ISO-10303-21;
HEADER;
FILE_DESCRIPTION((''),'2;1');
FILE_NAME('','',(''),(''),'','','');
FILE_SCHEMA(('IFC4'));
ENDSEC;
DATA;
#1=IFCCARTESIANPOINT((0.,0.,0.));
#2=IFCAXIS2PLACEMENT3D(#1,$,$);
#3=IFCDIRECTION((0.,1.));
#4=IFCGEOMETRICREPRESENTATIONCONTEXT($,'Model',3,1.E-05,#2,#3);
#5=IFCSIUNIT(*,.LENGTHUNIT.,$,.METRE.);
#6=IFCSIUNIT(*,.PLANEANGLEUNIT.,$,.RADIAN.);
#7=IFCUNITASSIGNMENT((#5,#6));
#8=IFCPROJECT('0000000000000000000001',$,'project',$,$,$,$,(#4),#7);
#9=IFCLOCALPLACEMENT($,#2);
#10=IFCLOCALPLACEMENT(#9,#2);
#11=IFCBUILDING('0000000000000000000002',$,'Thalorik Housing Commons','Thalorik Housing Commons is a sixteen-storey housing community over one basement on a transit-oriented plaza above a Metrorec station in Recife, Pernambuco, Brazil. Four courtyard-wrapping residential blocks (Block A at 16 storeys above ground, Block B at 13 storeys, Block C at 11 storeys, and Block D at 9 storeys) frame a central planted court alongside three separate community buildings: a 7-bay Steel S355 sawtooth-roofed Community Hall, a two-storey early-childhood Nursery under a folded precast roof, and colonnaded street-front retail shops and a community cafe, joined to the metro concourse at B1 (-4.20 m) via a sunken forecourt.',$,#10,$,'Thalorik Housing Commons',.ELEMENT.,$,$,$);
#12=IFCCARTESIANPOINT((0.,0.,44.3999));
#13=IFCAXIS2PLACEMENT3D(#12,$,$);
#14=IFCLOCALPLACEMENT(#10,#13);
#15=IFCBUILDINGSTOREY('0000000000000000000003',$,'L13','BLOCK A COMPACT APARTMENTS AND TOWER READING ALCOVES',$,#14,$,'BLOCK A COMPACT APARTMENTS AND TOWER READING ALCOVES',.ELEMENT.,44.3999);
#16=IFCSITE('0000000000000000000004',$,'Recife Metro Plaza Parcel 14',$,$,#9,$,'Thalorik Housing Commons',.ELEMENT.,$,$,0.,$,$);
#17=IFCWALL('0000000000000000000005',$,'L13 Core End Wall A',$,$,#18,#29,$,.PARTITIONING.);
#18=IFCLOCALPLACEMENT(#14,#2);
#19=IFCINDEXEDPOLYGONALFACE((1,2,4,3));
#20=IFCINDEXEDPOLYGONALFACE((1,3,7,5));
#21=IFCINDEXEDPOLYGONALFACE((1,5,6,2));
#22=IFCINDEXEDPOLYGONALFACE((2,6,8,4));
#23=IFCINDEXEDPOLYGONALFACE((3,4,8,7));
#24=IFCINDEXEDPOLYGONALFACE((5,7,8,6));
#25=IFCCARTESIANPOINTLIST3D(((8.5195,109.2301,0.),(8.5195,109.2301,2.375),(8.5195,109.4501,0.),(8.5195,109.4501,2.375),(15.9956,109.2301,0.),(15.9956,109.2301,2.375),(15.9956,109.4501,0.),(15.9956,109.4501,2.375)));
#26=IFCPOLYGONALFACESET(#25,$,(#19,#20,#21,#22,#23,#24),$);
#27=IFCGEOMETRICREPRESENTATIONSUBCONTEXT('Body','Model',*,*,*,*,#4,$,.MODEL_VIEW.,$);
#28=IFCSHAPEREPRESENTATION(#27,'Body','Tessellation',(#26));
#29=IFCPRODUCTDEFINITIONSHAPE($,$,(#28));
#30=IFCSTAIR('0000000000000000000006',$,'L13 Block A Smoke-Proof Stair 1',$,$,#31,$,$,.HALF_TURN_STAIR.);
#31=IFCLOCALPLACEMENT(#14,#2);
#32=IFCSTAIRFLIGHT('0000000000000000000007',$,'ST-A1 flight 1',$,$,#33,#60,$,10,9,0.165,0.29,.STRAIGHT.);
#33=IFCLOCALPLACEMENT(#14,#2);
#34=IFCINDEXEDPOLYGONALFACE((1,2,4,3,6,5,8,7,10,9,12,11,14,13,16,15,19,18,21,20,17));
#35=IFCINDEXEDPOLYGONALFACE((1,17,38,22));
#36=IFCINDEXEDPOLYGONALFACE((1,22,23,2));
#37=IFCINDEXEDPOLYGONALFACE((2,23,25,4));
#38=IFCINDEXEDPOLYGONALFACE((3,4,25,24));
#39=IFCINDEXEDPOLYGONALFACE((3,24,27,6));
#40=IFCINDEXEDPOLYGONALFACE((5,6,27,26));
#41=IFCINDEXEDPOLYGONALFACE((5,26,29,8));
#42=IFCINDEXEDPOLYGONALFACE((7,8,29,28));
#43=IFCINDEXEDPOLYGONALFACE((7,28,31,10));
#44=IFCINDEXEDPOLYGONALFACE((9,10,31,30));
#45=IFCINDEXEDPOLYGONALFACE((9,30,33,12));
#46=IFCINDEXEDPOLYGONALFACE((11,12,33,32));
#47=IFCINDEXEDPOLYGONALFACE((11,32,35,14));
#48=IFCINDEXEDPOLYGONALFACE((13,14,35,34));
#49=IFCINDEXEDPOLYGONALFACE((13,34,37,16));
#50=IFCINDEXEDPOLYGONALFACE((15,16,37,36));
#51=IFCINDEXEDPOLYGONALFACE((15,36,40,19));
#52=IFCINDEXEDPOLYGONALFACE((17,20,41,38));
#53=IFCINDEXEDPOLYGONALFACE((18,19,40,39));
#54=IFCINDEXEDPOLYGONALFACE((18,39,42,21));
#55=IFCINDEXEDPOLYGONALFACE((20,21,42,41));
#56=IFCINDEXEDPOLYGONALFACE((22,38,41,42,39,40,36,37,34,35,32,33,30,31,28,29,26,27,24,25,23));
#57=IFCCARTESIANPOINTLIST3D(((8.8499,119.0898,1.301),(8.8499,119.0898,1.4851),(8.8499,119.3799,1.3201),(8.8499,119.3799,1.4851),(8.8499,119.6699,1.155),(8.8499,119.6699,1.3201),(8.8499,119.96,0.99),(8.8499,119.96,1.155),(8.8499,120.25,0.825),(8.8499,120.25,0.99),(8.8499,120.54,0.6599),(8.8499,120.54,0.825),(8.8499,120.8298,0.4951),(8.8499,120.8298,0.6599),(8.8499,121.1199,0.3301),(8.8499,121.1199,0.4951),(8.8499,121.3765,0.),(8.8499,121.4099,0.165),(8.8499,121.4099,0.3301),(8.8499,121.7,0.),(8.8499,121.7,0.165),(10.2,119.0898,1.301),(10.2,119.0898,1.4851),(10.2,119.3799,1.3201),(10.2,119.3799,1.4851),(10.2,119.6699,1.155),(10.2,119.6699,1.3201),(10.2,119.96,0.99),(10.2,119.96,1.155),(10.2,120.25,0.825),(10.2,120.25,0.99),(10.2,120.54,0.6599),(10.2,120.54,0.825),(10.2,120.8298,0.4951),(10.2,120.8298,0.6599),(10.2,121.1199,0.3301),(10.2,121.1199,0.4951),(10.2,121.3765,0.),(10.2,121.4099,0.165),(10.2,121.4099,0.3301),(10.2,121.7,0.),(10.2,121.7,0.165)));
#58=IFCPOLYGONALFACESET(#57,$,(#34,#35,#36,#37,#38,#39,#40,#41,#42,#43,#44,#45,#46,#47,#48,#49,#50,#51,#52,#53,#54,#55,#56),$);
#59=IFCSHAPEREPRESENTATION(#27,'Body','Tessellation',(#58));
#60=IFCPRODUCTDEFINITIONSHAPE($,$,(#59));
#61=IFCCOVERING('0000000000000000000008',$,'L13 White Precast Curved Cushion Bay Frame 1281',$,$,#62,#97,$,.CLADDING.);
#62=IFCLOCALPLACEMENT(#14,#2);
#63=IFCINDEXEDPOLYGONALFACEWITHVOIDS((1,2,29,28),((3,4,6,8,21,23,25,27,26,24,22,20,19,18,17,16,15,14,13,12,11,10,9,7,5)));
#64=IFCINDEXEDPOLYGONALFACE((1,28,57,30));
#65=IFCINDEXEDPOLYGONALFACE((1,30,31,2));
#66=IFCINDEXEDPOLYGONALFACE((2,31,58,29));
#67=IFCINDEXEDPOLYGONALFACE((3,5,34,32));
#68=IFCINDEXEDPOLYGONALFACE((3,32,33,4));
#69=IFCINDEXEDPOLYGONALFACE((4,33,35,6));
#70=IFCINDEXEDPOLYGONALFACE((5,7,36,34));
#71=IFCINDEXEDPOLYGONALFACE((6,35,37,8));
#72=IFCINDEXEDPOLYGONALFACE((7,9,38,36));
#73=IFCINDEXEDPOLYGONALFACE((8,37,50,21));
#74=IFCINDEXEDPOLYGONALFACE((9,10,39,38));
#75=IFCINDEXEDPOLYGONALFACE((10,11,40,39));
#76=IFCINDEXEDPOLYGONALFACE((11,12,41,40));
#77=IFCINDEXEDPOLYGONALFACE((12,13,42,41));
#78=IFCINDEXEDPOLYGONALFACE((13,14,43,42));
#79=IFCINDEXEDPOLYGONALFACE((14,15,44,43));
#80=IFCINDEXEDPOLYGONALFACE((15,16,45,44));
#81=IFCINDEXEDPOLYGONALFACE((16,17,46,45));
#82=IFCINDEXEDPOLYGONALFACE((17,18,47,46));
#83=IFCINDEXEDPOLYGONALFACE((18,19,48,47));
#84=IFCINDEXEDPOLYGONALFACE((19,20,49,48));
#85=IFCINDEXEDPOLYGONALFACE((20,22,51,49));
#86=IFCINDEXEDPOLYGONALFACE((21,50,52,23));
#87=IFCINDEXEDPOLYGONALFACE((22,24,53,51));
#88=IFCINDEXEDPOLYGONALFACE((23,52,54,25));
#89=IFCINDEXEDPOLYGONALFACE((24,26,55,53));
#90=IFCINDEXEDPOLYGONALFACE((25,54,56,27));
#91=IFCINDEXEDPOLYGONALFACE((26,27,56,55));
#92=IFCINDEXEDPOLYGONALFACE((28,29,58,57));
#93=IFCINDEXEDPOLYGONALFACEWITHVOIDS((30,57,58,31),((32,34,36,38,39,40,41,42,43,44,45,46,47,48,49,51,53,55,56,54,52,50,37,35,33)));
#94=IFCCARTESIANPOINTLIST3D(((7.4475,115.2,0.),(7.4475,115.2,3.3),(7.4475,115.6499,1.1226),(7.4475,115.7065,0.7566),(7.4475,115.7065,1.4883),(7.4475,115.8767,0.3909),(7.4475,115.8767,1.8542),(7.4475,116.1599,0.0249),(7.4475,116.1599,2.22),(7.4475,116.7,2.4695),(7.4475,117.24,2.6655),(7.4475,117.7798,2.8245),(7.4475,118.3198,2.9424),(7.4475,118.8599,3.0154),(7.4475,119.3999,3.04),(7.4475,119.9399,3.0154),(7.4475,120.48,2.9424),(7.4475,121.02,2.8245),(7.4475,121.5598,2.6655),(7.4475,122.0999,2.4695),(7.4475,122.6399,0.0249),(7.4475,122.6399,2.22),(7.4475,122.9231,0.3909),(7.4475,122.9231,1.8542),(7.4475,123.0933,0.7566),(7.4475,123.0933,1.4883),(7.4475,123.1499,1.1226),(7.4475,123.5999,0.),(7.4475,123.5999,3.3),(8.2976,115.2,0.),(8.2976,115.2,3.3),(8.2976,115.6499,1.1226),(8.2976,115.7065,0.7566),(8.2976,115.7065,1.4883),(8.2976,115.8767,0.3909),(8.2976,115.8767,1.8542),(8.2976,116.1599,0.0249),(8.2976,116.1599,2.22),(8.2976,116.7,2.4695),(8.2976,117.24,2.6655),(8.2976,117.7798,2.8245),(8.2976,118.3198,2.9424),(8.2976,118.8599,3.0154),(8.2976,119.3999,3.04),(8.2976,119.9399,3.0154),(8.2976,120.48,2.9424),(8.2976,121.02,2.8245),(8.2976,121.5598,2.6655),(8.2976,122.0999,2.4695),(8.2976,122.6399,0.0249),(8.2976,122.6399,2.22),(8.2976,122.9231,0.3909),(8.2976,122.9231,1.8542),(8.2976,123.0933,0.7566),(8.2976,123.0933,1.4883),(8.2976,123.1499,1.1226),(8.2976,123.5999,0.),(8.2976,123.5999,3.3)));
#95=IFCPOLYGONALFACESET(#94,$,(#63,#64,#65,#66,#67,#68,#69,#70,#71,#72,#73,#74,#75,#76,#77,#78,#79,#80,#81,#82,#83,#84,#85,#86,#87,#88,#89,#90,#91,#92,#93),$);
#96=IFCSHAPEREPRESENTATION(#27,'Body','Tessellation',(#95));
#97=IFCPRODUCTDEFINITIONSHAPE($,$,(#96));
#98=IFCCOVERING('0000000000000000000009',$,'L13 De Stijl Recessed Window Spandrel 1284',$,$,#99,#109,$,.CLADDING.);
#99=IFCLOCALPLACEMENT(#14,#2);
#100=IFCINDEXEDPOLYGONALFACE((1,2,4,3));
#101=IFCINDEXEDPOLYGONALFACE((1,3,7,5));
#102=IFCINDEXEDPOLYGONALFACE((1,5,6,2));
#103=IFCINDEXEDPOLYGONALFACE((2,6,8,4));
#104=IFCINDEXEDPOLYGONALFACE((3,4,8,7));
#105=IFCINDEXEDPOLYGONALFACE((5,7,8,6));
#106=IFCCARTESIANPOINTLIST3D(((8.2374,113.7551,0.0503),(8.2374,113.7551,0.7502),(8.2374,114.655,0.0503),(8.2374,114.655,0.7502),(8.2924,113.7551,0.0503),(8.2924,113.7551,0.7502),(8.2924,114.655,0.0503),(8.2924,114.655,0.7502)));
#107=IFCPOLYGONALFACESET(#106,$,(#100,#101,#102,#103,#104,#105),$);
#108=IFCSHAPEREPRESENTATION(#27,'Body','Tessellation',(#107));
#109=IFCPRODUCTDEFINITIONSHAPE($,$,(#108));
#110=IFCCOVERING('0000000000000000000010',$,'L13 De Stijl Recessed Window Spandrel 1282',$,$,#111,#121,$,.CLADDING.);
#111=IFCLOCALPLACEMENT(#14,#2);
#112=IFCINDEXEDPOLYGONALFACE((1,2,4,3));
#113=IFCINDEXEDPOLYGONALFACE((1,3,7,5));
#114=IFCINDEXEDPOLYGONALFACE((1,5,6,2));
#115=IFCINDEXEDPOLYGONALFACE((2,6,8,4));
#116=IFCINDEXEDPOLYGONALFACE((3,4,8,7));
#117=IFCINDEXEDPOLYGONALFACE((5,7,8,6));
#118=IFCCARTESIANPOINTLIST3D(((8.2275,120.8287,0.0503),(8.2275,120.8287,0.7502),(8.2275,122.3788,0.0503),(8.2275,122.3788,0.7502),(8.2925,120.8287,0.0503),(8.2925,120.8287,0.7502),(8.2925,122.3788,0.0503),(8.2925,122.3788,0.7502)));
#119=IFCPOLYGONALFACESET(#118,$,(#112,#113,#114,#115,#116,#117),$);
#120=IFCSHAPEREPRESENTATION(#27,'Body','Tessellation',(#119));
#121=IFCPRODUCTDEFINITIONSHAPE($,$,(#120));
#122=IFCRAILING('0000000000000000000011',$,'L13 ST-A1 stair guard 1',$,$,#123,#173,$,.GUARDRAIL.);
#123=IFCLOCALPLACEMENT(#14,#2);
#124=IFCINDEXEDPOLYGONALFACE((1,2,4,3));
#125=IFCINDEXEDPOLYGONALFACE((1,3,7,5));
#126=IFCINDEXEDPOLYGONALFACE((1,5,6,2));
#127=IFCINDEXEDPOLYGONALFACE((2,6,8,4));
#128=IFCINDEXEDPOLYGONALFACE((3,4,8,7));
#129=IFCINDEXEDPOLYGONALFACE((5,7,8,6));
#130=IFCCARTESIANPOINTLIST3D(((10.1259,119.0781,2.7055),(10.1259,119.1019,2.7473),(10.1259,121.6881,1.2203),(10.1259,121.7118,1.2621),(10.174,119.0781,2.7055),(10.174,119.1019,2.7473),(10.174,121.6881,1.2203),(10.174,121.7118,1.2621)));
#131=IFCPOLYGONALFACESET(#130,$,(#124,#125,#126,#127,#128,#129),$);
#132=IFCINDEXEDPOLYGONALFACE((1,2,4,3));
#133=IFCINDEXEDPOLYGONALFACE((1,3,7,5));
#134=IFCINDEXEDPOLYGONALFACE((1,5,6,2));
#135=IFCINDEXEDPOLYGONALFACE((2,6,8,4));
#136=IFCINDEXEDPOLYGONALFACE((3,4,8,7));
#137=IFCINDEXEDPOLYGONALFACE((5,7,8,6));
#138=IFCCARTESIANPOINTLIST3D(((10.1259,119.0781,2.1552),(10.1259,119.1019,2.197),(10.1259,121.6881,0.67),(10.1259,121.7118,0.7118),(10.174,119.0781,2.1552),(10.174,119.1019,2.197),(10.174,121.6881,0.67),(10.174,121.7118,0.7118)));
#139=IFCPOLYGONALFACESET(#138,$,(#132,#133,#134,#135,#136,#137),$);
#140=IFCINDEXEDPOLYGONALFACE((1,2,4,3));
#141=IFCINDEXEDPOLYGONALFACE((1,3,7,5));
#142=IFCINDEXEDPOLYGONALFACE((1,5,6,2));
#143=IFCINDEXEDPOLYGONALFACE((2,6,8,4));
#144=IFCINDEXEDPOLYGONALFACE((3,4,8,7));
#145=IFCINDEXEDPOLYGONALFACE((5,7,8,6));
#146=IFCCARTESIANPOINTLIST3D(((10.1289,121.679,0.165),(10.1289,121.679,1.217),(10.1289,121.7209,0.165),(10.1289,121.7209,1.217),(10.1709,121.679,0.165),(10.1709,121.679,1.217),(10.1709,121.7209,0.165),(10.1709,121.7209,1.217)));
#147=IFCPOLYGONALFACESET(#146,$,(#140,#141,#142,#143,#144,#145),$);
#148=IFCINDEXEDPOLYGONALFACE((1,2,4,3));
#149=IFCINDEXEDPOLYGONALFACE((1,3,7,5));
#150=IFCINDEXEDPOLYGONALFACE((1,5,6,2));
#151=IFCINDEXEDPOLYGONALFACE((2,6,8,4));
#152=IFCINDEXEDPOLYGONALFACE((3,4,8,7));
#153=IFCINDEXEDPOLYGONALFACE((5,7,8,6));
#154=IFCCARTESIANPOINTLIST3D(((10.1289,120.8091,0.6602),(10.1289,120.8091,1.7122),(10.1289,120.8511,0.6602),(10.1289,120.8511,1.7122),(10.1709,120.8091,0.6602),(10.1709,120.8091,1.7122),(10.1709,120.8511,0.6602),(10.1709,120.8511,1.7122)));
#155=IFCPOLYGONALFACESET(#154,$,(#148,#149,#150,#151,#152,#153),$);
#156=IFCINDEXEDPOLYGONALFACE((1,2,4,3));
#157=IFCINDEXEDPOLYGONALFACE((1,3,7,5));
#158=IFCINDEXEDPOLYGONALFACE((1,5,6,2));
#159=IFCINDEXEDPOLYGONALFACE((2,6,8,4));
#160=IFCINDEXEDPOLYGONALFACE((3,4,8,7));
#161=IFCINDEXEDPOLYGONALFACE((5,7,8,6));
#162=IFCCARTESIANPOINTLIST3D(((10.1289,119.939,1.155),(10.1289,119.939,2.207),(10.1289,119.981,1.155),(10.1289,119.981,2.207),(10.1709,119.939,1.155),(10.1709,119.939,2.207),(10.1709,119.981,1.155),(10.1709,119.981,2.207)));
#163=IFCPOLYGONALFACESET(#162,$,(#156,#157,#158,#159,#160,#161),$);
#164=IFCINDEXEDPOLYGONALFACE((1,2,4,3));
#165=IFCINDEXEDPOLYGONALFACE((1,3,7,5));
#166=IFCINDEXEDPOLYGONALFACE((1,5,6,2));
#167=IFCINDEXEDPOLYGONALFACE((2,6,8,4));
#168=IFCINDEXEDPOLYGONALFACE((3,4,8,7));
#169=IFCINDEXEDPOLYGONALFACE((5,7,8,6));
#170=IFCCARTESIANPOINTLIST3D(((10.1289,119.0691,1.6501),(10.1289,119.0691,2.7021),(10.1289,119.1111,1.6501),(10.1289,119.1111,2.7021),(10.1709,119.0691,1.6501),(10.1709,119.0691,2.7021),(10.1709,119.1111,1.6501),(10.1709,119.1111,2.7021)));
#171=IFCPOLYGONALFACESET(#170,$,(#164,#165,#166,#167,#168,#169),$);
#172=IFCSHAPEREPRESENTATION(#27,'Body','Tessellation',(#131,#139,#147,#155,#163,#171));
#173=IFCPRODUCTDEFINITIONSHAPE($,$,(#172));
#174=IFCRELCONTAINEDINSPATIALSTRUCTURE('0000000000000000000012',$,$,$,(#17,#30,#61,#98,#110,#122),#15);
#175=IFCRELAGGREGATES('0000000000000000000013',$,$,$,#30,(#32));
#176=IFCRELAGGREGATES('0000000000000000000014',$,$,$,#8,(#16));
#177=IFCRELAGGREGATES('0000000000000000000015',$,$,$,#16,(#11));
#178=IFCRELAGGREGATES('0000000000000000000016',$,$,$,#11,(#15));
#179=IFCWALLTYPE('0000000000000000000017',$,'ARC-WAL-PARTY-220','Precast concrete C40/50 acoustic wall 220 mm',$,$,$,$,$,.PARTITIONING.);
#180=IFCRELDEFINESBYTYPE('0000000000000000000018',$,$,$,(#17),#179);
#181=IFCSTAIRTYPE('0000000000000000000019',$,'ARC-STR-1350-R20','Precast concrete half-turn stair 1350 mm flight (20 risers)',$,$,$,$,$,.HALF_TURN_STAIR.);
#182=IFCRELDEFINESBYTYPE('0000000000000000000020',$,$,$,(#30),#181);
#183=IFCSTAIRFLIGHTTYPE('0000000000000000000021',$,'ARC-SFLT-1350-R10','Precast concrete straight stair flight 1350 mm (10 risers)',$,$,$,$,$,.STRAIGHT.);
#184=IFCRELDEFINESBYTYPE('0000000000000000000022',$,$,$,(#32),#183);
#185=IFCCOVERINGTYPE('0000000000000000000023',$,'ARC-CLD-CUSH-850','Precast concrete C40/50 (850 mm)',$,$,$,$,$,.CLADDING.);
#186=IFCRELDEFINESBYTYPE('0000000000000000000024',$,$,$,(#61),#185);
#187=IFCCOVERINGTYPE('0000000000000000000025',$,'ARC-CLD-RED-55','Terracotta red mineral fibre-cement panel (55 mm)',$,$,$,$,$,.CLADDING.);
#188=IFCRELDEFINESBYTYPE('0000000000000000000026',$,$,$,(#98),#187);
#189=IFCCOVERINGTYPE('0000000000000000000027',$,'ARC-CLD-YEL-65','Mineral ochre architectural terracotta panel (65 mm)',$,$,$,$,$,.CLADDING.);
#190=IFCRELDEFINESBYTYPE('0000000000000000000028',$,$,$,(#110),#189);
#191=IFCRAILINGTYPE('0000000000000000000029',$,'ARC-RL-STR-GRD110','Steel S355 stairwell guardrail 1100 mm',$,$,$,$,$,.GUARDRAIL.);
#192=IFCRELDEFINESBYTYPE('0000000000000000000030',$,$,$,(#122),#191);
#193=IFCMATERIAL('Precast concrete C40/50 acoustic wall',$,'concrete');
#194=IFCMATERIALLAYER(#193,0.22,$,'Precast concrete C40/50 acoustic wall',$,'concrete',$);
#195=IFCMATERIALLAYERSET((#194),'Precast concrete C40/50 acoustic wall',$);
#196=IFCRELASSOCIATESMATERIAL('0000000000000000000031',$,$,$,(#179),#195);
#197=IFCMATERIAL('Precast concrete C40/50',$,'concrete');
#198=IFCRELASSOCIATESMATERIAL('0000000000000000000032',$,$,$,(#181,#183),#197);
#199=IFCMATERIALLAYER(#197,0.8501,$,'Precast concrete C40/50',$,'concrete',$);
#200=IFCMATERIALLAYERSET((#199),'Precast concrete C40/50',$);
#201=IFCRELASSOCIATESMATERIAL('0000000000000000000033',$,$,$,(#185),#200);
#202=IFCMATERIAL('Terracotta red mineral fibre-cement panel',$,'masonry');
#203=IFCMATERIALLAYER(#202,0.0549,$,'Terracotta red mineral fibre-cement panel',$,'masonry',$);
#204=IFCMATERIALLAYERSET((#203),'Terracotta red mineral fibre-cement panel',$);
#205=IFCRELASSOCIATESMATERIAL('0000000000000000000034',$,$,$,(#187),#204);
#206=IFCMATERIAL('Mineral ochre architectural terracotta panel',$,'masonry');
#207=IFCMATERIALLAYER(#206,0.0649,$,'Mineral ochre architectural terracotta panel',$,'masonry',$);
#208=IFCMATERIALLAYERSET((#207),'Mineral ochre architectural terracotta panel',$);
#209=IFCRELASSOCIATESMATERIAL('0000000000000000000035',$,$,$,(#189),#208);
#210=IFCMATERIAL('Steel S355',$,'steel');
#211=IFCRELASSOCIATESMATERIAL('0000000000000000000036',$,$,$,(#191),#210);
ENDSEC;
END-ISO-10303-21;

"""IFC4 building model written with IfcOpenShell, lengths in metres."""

from ifc_helpers import new_model, si_unit, direction, frame, frame_2d, origin, origin_2d, place, context, subcontext, project, spatial, polyline, rectangle, outline, extrude, material, layer, layer_set, type_object, element, aggregate, save


model = new_model("IFC4")

# Units and contexts
model_context = context("Model", 3, precision=1e-05, world=origin(), true_north=direction((0.0, 1.0)))
body_context = subcontext(model_context, "Body", "Model", "MODEL_VIEW")
ifc_project = project(units=[si_unit("LENGTHUNIT", "METRE"), si_unit("PLANEANGLEUNIT", "RADIAN")], contexts=[model_context])

# Site, building, storey
site_placement = place(None, origin())
site = spatial("IfcSite", under=ifc_project, at=site_placement, Name="Recife Metro Plaza Parcel 14", LongName="Thalorik Housing Commons", CompositionType="ELEMENT", RefElevation=0.0)
building_placement = place(site_placement, origin())
building = spatial("IfcBuilding", under=site, at=building_placement, Name="Thalorik Housing Commons", Description="Thalorik Housing Commons is a sixteen-storey housing community over one basement on a transit-oriented plaza above a Metrorec station in Recife, Pernambuco, Brazil. Four courtyard-wrapping residential blocks (Block A at 16 storeys above ground, Block B at 13 storeys, Block C at 11 storeys, and Block D at 9 storeys) frame a central planted court alongside three separate community buildings: a 7-bay Steel S355 sawtooth-roofed Community Hall, a two-storey early-childhood Nursery under a folded precast roof, and colonnaded street-front retail shops and a community cafe, joined to the metro concourse at B1 (-4.20 m) via a sunken forecourt.", LongName="Thalorik Housing Commons", CompositionType="ELEMENT")
storey_placement = place(building_placement, frame((0.0, 0.0, 44.3999)))
storey = spatial("IfcBuildingStorey", under=building, at=storey_placement, Name="L13", Description="BLOCK A COMPACT APARTMENTS AND TOWER READING ALCOVES", LongName="BLOCK A COMPACT APARTMENTS AND TOWER READING ALCOVES", CompositionType="ELEMENT", Elevation=44.3999)

# Shared definitions
ifc_material_1 = material(Name="Precast concrete C40/50", Category="concrete")

# Shared definitions
ifc_material_2 = material(Name="Steel S355", Category="steel")

# Wall
ifc_material_3 = material(Name="Precast concrete C40/50 acoustic wall", Category="concrete")
ifc_layer_1 = layer(ifc_material_3, 0.22, Name="Precast concrete C40/50 acoustic wall", Category="concrete")
ifc_layer_set_1 = layer_set([ifc_layer_1], Name="Precast concrete C40/50 acoustic wall")
wall_type_1 = type_object("IfcWallType", Name="ARC-WAL-PARTY-220", Description="Precast concrete C40/50 acoustic wall 220 mm", PredefinedType="PARTITIONING", material=ifc_layer_set_1)
wall_1_placement = place(storey_placement, frame((8.5195, 109.3401, 0.0), z_axis=(0.0, 0.0, 1.0), x_axis=(1.0, 0.0, 0.0)))
element("IfcWall", 1, at=wall_1_placement, inside=storey, type_object=wall_type_1, Name="L13 Core End Wall A", PredefinedType="PARTITIONING", context=body_context, shape_type="SweptSolid", body=[
    extrude(rectangle(XDim=7.4761, YDim=0.22, at=frame_2d((3.738, 0.0))), origin(), (0.0, 0.0, 1.0), 2.375),
])

# Stair, stair flight
stair_type = type_object("IfcStairType", Name="ARC-STR-1350-R20", Description="Precast concrete half-turn stair 1350 mm flight (20 risers)", PredefinedType="HALF_TURN_STAIR", material=ifc_material_1)
stair_placement = place(storey_placement, origin())
stair = element("IfcStair", 2, at=stair_placement, inside=storey, type_object=stair_type, Name="L13 Block A Smoke-Proof Stair 1", PredefinedType="HALF_TURN_STAIR")
stair_flight_type = type_object("IfcStairFlightType", Name="ARC-SFLT-1350-R10", Description="Precast concrete straight stair flight 1350 mm (10 risers)", PredefinedType="STRAIGHT", material=ifc_material_1)
stair_flight_placement = place(storey_placement, frame((9.5249, 121.7, 0.0), z_axis=(0.0, 0.0, 1.0), x_axis=(0.0, -1.0, 0.0)))
stair_flight = element("IfcStairFlight", 3, at=stair_flight_placement, type_object=stair_flight_type, Name="ST-A1 flight 1", NumberOfRisers=10, NumberOfTreads=9, PredefinedType="STRAIGHT", RiserHeight=0.165, TreadLength=0.29, context=body_context, shape_type="SweptSolid", body=[
    extrude(outline(polyline([(0.0, 0.0), (0.0, 0.165), (0.29, 0.165), (0.29, 0.3301), (0.5801, 0.3301), (0.5801, 0.4951), (0.8701, 0.4951), (0.8701, 0.6599), (1.1599, 0.6599), (1.1599, 0.825), (1.45, 0.825), (1.45, 0.99), (1.74, 0.99), (1.74, 1.155), (2.03, 1.155), (2.03, 1.3201), (2.3201, 1.3201), (2.3201, 1.4851), (2.6101, 1.4851), (2.6101, 1.6499), (2.6101, 1.301), (0.3235, 0.0), (0.0, 0.0)])), frame((0.0, 0.675, 0.0), z_axis=(0.0, -1.0, 0.0), x_axis=(1.0, 0.0, 0.0)), (0.0, 0.0, 1.0), 1.3501),
])
aggregate(stair, [stair_flight])

# Coverings
ifc_layer_2 = layer(ifc_material_1, 0.8501, Name="Precast concrete C40/50", Category="concrete")
ifc_layer_set_2 = layer_set([ifc_layer_2], Name="Precast concrete C40/50")
covering_type_1 = type_object("IfcCoveringType", Name="ARC-CLD-CUSH-850", Description="Precast concrete C40/50 (850 mm)", PredefinedType="CLADDING", material=ifc_layer_set_2)
covering_1_placement = place(storey_placement, frame((7.8726, 119.3999, 0.0), z_axis=(0.0, 0.0, 1.0), x_axis=(0.0, -1.0, 0.0)))
element("IfcCovering", 4, at=covering_1_placement, inside=storey, type_object=covering_type_1, Name="L13 White Precast Curved Cushion Bay Frame 1281", PredefinedType="CLADDING", context=body_context, shape_type="SweptSolid", body=[
    extrude(outline(polyline([(-4.2, 0.0), (4.2, 0.0), (4.2, 3.3), (-4.2, 3.3), (-4.2, 0.0)]), holes=[polyline([(3.24, 0.0249), (3.5232, 0.3909), (3.6934, 0.7566), (3.75, 1.1226), (3.6934, 1.4883), (3.5232, 1.8542), (3.24, 2.22), (2.7, 2.4695), (2.1599, 2.6655), (1.6201, 2.8245), (1.0801, 2.9424), (0.54, 3.0154), (0.0, 3.04), (-0.54, 3.0154), (-1.0801, 2.9424), (-1.6201, 2.8245), (-2.1599, 2.6655), (-2.7, 2.4695), (-3.24, 2.22), (-3.5232, 1.8542), (-3.6934, 1.4883), (-3.75, 1.1226), (-3.6934, 0.7566), (-3.5232, 0.3909), (-3.24, 0.0249), (3.24, 0.0249)])]), frame((0.0, 0.425, 0.0), z_axis=(0.0, -1.0, 0.0), x_axis=(1.0, 0.0, 0.0)), (0.0, 0.0, 1.0), 0.8501),
])
ifc_material_4 = material(Name="Terracotta red mineral fibre-cement panel", Category="masonry")
ifc_layer_3 = layer(ifc_material_4, 0.0549, Name="Terracotta red mineral fibre-cement panel", Category="masonry")
ifc_layer_set_3 = layer_set([ifc_layer_3], Name="Terracotta red mineral fibre-cement panel")
covering_type_2 = type_object("IfcCoveringType", Name="ARC-CLD-RED-55", Description="Terracotta red mineral fibre-cement panel (55 mm)", PredefinedType="CLADDING", material=ifc_layer_set_3)
covering_2_placement = place(storey_placement, frame((8.2649, 114.2051, 0.0503), z_axis=(0.0, 0.0, 1.0), x_axis=(0.0, -1.0, 0.0)))
element("IfcCovering", 5, at=covering_2_placement, inside=storey, type_object=covering_type_2, Name="L13 De Stijl Recessed Window Spandrel 1284", PredefinedType="CLADDING", context=body_context, shape_type="SweptSolid", body=[
    extrude(rectangle(XDim=0.8999, YDim=0.0549, at=origin_2d()), origin(), (0.0, 0.0, 1.0), 0.7),
])
ifc_material_5 = material(Name="Mineral ochre architectural terracotta panel", Category="masonry")
ifc_layer_4 = layer(ifc_material_5, 0.0649, Name="Mineral ochre architectural terracotta panel", Category="masonry")
ifc_layer_set_4 = layer_set([ifc_layer_4], Name="Mineral ochre architectural terracotta panel")
covering_type_3 = type_object("IfcCoveringType", Name="ARC-CLD-YEL-65", Description="Mineral ochre architectural terracotta panel (65 mm)", PredefinedType="CLADDING", material=ifc_layer_set_4)
covering_3_placement = place(storey_placement, frame((8.26, 121.6038, 0.0503), z_axis=(0.0, 0.0, 1.0), x_axis=(0.0, -1.0, 0.0)))
element("IfcCovering", 6, at=covering_3_placement, inside=storey, type_object=covering_type_3, Name="L13 De Stijl Recessed Window Spandrel 1282", PredefinedType="CLADDING", context=body_context, shape_type="SweptSolid", body=[
    extrude(rectangle(XDim=1.55, YDim=0.0649, at=origin_2d()), origin(), (0.0, 0.0, 1.0), 0.7),
])

# Railing
railing_type_1 = type_object("IfcRailingType", Name="ARC-RL-STR-GRD110", Description="Steel S355 stairwell guardrail 1100 mm", PredefinedType="GUARDRAIL", material=ifc_material_2)
railing_1_placement = place(storey_placement, frame((10.1499, 121.7, 0.165)))
element("IfcRailing", 7, at=railing_1_placement, inside=storey, type_object=railing_type_1, Name="L13 ST-A1 stair guard 1", PredefinedType="GUARDRAIL", context=body_context, shape_type="SweptSolid", body=[
    extrude(rectangle(XDim=0.0481, YDim=0.0481, at=origin_2d()), frame((0.0, 0.0, 1.0762), z_axis=(0.0, -0.869137, 0.494571), x_axis=(1.0, 0.0, 0.0)), (0.0, 0.0, 1.0), 3.0029),
    extrude(rectangle(XDim=0.0481, YDim=0.0481, at=origin_2d()), frame((0.0, 0.0, 0.5259), z_axis=(0.0, -0.869137, 0.494571), x_axis=(1.0, 0.0, 0.0)), (0.0, 0.0, 1.0), 3.0029),
    extrude(rectangle(XDim=0.042, YDim=0.042, at=origin_2d()), origin(), (0.0, 0.0, 1.0), 1.052),
    extrude(rectangle(XDim=0.042, YDim=0.042, at=origin_2d()), frame((0.0, -0.8699, 0.4951)), (0.0, 0.0, 1.0), 1.052),
    extrude(rectangle(XDim=0.042, YDim=0.042, at=origin_2d()), frame((0.0, -1.74, 0.99)), (0.0, 0.0, 1.0), 1.052),
    extrude(rectangle(XDim=0.042, YDim=0.042, at=origin_2d()), frame((0.0, -2.6099, 1.4851)), (0.0, 0.0, 1.0), 1.052),
])

save(model, "model.ifc")
